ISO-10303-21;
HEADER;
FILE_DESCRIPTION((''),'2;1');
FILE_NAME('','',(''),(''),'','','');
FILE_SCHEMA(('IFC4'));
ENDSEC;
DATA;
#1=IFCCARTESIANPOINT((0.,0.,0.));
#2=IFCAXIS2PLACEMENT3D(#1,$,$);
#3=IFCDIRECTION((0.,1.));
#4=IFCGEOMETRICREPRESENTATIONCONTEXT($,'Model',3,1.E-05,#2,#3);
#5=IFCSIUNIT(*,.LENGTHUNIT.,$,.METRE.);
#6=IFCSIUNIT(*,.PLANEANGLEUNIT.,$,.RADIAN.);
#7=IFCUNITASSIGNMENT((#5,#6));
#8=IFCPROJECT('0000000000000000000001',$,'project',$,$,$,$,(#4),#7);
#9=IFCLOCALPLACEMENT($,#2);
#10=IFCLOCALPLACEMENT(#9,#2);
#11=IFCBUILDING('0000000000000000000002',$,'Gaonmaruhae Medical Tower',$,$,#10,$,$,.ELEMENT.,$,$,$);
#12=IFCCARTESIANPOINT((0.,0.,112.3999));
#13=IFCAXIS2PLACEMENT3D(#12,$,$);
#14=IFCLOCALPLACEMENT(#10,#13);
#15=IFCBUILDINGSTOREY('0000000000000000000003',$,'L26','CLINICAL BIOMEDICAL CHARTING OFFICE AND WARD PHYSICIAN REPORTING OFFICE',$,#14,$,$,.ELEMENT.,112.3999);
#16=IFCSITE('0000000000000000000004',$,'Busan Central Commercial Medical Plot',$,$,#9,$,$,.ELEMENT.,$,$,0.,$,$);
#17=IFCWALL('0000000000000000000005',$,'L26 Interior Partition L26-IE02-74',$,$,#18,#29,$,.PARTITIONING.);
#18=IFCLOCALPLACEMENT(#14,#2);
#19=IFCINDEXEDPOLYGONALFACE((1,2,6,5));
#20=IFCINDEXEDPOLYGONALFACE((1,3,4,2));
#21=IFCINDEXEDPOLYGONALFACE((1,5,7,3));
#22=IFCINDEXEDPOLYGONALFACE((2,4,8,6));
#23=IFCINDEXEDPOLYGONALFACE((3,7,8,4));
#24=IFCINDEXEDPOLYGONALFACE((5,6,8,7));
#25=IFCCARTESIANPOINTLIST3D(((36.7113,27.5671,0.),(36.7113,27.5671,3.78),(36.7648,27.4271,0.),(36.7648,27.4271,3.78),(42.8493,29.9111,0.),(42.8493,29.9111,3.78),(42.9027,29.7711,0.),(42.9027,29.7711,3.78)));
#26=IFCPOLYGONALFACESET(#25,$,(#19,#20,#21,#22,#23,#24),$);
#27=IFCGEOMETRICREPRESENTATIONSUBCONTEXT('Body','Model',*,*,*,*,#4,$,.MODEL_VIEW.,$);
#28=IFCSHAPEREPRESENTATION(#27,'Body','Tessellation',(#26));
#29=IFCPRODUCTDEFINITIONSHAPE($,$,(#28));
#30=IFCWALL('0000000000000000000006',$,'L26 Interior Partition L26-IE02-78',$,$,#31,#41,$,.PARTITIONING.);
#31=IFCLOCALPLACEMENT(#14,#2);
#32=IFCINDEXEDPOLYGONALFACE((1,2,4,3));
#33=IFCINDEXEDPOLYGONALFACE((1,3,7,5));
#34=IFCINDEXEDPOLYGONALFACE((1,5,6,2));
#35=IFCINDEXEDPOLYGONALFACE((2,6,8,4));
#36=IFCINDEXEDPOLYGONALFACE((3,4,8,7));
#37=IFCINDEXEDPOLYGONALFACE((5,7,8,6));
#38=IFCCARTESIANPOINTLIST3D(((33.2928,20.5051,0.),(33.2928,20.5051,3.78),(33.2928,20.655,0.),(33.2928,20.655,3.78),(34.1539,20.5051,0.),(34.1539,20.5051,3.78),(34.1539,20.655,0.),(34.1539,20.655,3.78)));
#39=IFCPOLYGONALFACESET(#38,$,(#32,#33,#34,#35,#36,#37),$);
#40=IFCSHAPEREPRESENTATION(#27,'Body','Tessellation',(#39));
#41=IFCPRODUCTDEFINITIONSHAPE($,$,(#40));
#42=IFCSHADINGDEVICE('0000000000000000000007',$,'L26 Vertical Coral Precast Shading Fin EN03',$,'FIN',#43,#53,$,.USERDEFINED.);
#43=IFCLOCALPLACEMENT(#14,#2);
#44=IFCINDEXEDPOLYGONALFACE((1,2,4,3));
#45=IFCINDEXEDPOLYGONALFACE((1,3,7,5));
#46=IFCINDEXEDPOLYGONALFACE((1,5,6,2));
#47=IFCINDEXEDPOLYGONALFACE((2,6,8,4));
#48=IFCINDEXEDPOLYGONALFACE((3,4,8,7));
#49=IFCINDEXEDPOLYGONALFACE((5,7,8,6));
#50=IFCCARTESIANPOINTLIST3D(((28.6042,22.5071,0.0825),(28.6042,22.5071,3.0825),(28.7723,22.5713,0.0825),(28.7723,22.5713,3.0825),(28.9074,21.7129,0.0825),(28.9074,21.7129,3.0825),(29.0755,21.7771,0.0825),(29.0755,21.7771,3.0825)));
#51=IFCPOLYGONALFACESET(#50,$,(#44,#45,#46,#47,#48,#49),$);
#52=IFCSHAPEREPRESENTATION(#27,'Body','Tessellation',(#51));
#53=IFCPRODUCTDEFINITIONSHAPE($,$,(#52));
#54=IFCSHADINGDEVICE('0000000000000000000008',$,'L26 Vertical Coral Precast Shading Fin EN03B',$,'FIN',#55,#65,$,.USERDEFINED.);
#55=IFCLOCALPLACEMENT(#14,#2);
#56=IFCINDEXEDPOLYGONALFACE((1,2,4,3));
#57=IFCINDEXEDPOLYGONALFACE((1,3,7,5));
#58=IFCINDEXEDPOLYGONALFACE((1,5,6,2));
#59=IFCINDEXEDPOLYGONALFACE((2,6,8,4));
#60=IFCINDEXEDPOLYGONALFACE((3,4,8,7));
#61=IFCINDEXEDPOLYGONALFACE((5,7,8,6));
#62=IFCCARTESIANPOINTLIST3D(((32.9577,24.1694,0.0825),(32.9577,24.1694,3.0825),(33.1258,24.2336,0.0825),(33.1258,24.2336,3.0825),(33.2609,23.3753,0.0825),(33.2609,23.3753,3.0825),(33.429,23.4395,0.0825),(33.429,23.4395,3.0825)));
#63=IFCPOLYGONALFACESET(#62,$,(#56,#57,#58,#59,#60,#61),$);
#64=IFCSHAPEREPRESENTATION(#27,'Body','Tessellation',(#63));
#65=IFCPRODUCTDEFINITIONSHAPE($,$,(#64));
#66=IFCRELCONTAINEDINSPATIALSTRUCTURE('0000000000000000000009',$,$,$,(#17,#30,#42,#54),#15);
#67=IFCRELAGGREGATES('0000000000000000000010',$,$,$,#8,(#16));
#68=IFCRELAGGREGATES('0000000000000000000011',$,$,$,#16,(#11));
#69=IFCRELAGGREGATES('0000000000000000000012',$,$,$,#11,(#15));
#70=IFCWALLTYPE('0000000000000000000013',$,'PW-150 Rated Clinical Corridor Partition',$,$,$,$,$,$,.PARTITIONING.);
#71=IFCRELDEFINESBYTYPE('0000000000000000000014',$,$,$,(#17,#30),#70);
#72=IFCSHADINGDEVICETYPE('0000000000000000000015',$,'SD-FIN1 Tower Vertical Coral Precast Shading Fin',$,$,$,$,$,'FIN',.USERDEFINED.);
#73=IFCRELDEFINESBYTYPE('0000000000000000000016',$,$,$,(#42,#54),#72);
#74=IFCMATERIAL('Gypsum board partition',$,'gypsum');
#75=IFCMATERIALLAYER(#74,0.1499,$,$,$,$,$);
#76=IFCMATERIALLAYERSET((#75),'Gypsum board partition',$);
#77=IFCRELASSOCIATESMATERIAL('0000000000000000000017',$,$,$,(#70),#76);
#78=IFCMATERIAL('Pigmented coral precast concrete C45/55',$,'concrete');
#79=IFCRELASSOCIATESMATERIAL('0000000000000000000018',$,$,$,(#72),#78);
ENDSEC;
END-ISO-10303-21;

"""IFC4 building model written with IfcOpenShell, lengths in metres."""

from ifc_helpers import new_model, si_unit, direction, frame, frame_2d, origin, origin_2d, place, context, subcontext, project, spatial, rectangle, extrude, material, layer, layer_set, type_object, element, save


model = new_model("IFC4")

# Units and contexts
model_context = context("Model", 3, precision=1e-05, world=origin(), true_north=direction((0.0, 1.0)))
body_context = subcontext(model_context, "Body", "Model", "MODEL_VIEW")
ifc_project = project(units=[si_unit("LENGTHUNIT", "METRE"), si_unit("PLANEANGLEUNIT", "RADIAN")], contexts=[model_context])

# Site, building, storey
site_placement = place(None, origin())
site = spatial("IfcSite", under=ifc_project, at=site_placement, Name="Busan Central Commercial Medical Plot", CompositionType="ELEMENT", RefElevation=0.0)
building_placement = place(site_placement, origin())
building = spatial("IfcBuilding", under=site, at=building_placement, Name="Gaonmaruhae Medical Tower", CompositionType="ELEMENT")
storey_placement = place(building_placement, frame((0.0, 0.0, 112.3999)))
storey = spatial("IfcBuildingStorey", under=building, at=storey_placement, Name="L26", Description="CLINICAL BIOMEDICAL CHARTING OFFICE AND WARD PHYSICIAN REPORTING OFFICE", CompositionType="ELEMENT", Elevation=112.3999)

# Shared definitions
ifc_material_1 = material(Name="Gypsum board partition", Category="gypsum")
ifc_layer_1 = layer(ifc_material_1, 0.1499)
ifc_layer_set_1 = layer_set([ifc_layer_1], Name="Gypsum board partition")
wall_type_1 = type_object("IfcWallType", Name="PW-150 Rated Clinical Corridor Partition", PredefinedType="PARTITIONING", material=ifc_layer_set_1)

# Walls
wall_1_placement = place(storey_placement, frame((36.738, 27.4971, 0.0), z_axis=(0.0, 0.0, 1.0), x_axis=(0.934197, 0.356757, 0.0)))
element("IfcWall", 1, at=wall_1_placement, inside=storey, type_object=wall_type_1, Name="L26 Interior Partition L26-IE02-74", PredefinedType="PARTITIONING", context=body_context, shape_type="SweptSolid", body=[
    extrude(rectangle(XDim=6.5703, YDim=0.1499, at=frame_2d((3.2852, 0.0))), origin(), (0.0, 0.0, 1.0), 3.78),
])
wall_2_placement = place(storey_placement, frame((34.1541, 20.5801, 0.0), z_axis=(0.0, 0.0, 1.0), x_axis=(-1.0, 0.0, 0.0)))
element("IfcWall", 2, at=wall_2_placement, inside=storey, type_object=wall_type_1, Name="L26 Interior Partition L26-IE02-78", PredefinedType="PARTITIONING", context=body_context, shape_type="SweptSolid", body=[
    extrude(rectangle(XDim=0.8611, YDim=0.1499, at=frame_2d((0.4307, 0.0))), origin(), (0.0, 0.0, 1.0), 3.78),
])

# Shading devices
ifc_material_2 = material(Name="Pigmented coral precast concrete C45/55", Category="concrete")
shading_device_type = type_object("IfcShadingDeviceType", Name="SD-FIN1 Tower Vertical Coral Precast Shading Fin", ElementType="FIN", PredefinedType="USERDEFINED", material=ifc_material_2)
for number, where, z_axis, x_axis, name in (
    (3, (28.8398, 22.1421, 0.0825), (0.0, 0.0, 1.0), (0.934204, 0.356738, 0.0), "L26 Vertical Coral Precast Shading Fin EN03"),
    (4, (33.1934, 23.8044, 0.0825), (0.0, 0.0, 1.0), (0.934204, 0.356738, 0.0), "L26 Vertical Coral Precast Shading Fin EN03B"),
):
    element("IfcShadingDevice", number, at=place(storey_placement, frame(where, z_axis=z_axis, x_axis=x_axis)), inside=storey, type_object=shading_device_type, Name=name, ObjectType="FIN", PredefinedType="USERDEFINED", context=body_context, shape_type="SweptSolid", body=[
        extrude(rectangle(XDim=0.1799, YDim=0.8501, at=origin_2d()), origin(), (0.0, 0.0, 1.0), 3.0),
    ])

save(model, "model.ifc")
